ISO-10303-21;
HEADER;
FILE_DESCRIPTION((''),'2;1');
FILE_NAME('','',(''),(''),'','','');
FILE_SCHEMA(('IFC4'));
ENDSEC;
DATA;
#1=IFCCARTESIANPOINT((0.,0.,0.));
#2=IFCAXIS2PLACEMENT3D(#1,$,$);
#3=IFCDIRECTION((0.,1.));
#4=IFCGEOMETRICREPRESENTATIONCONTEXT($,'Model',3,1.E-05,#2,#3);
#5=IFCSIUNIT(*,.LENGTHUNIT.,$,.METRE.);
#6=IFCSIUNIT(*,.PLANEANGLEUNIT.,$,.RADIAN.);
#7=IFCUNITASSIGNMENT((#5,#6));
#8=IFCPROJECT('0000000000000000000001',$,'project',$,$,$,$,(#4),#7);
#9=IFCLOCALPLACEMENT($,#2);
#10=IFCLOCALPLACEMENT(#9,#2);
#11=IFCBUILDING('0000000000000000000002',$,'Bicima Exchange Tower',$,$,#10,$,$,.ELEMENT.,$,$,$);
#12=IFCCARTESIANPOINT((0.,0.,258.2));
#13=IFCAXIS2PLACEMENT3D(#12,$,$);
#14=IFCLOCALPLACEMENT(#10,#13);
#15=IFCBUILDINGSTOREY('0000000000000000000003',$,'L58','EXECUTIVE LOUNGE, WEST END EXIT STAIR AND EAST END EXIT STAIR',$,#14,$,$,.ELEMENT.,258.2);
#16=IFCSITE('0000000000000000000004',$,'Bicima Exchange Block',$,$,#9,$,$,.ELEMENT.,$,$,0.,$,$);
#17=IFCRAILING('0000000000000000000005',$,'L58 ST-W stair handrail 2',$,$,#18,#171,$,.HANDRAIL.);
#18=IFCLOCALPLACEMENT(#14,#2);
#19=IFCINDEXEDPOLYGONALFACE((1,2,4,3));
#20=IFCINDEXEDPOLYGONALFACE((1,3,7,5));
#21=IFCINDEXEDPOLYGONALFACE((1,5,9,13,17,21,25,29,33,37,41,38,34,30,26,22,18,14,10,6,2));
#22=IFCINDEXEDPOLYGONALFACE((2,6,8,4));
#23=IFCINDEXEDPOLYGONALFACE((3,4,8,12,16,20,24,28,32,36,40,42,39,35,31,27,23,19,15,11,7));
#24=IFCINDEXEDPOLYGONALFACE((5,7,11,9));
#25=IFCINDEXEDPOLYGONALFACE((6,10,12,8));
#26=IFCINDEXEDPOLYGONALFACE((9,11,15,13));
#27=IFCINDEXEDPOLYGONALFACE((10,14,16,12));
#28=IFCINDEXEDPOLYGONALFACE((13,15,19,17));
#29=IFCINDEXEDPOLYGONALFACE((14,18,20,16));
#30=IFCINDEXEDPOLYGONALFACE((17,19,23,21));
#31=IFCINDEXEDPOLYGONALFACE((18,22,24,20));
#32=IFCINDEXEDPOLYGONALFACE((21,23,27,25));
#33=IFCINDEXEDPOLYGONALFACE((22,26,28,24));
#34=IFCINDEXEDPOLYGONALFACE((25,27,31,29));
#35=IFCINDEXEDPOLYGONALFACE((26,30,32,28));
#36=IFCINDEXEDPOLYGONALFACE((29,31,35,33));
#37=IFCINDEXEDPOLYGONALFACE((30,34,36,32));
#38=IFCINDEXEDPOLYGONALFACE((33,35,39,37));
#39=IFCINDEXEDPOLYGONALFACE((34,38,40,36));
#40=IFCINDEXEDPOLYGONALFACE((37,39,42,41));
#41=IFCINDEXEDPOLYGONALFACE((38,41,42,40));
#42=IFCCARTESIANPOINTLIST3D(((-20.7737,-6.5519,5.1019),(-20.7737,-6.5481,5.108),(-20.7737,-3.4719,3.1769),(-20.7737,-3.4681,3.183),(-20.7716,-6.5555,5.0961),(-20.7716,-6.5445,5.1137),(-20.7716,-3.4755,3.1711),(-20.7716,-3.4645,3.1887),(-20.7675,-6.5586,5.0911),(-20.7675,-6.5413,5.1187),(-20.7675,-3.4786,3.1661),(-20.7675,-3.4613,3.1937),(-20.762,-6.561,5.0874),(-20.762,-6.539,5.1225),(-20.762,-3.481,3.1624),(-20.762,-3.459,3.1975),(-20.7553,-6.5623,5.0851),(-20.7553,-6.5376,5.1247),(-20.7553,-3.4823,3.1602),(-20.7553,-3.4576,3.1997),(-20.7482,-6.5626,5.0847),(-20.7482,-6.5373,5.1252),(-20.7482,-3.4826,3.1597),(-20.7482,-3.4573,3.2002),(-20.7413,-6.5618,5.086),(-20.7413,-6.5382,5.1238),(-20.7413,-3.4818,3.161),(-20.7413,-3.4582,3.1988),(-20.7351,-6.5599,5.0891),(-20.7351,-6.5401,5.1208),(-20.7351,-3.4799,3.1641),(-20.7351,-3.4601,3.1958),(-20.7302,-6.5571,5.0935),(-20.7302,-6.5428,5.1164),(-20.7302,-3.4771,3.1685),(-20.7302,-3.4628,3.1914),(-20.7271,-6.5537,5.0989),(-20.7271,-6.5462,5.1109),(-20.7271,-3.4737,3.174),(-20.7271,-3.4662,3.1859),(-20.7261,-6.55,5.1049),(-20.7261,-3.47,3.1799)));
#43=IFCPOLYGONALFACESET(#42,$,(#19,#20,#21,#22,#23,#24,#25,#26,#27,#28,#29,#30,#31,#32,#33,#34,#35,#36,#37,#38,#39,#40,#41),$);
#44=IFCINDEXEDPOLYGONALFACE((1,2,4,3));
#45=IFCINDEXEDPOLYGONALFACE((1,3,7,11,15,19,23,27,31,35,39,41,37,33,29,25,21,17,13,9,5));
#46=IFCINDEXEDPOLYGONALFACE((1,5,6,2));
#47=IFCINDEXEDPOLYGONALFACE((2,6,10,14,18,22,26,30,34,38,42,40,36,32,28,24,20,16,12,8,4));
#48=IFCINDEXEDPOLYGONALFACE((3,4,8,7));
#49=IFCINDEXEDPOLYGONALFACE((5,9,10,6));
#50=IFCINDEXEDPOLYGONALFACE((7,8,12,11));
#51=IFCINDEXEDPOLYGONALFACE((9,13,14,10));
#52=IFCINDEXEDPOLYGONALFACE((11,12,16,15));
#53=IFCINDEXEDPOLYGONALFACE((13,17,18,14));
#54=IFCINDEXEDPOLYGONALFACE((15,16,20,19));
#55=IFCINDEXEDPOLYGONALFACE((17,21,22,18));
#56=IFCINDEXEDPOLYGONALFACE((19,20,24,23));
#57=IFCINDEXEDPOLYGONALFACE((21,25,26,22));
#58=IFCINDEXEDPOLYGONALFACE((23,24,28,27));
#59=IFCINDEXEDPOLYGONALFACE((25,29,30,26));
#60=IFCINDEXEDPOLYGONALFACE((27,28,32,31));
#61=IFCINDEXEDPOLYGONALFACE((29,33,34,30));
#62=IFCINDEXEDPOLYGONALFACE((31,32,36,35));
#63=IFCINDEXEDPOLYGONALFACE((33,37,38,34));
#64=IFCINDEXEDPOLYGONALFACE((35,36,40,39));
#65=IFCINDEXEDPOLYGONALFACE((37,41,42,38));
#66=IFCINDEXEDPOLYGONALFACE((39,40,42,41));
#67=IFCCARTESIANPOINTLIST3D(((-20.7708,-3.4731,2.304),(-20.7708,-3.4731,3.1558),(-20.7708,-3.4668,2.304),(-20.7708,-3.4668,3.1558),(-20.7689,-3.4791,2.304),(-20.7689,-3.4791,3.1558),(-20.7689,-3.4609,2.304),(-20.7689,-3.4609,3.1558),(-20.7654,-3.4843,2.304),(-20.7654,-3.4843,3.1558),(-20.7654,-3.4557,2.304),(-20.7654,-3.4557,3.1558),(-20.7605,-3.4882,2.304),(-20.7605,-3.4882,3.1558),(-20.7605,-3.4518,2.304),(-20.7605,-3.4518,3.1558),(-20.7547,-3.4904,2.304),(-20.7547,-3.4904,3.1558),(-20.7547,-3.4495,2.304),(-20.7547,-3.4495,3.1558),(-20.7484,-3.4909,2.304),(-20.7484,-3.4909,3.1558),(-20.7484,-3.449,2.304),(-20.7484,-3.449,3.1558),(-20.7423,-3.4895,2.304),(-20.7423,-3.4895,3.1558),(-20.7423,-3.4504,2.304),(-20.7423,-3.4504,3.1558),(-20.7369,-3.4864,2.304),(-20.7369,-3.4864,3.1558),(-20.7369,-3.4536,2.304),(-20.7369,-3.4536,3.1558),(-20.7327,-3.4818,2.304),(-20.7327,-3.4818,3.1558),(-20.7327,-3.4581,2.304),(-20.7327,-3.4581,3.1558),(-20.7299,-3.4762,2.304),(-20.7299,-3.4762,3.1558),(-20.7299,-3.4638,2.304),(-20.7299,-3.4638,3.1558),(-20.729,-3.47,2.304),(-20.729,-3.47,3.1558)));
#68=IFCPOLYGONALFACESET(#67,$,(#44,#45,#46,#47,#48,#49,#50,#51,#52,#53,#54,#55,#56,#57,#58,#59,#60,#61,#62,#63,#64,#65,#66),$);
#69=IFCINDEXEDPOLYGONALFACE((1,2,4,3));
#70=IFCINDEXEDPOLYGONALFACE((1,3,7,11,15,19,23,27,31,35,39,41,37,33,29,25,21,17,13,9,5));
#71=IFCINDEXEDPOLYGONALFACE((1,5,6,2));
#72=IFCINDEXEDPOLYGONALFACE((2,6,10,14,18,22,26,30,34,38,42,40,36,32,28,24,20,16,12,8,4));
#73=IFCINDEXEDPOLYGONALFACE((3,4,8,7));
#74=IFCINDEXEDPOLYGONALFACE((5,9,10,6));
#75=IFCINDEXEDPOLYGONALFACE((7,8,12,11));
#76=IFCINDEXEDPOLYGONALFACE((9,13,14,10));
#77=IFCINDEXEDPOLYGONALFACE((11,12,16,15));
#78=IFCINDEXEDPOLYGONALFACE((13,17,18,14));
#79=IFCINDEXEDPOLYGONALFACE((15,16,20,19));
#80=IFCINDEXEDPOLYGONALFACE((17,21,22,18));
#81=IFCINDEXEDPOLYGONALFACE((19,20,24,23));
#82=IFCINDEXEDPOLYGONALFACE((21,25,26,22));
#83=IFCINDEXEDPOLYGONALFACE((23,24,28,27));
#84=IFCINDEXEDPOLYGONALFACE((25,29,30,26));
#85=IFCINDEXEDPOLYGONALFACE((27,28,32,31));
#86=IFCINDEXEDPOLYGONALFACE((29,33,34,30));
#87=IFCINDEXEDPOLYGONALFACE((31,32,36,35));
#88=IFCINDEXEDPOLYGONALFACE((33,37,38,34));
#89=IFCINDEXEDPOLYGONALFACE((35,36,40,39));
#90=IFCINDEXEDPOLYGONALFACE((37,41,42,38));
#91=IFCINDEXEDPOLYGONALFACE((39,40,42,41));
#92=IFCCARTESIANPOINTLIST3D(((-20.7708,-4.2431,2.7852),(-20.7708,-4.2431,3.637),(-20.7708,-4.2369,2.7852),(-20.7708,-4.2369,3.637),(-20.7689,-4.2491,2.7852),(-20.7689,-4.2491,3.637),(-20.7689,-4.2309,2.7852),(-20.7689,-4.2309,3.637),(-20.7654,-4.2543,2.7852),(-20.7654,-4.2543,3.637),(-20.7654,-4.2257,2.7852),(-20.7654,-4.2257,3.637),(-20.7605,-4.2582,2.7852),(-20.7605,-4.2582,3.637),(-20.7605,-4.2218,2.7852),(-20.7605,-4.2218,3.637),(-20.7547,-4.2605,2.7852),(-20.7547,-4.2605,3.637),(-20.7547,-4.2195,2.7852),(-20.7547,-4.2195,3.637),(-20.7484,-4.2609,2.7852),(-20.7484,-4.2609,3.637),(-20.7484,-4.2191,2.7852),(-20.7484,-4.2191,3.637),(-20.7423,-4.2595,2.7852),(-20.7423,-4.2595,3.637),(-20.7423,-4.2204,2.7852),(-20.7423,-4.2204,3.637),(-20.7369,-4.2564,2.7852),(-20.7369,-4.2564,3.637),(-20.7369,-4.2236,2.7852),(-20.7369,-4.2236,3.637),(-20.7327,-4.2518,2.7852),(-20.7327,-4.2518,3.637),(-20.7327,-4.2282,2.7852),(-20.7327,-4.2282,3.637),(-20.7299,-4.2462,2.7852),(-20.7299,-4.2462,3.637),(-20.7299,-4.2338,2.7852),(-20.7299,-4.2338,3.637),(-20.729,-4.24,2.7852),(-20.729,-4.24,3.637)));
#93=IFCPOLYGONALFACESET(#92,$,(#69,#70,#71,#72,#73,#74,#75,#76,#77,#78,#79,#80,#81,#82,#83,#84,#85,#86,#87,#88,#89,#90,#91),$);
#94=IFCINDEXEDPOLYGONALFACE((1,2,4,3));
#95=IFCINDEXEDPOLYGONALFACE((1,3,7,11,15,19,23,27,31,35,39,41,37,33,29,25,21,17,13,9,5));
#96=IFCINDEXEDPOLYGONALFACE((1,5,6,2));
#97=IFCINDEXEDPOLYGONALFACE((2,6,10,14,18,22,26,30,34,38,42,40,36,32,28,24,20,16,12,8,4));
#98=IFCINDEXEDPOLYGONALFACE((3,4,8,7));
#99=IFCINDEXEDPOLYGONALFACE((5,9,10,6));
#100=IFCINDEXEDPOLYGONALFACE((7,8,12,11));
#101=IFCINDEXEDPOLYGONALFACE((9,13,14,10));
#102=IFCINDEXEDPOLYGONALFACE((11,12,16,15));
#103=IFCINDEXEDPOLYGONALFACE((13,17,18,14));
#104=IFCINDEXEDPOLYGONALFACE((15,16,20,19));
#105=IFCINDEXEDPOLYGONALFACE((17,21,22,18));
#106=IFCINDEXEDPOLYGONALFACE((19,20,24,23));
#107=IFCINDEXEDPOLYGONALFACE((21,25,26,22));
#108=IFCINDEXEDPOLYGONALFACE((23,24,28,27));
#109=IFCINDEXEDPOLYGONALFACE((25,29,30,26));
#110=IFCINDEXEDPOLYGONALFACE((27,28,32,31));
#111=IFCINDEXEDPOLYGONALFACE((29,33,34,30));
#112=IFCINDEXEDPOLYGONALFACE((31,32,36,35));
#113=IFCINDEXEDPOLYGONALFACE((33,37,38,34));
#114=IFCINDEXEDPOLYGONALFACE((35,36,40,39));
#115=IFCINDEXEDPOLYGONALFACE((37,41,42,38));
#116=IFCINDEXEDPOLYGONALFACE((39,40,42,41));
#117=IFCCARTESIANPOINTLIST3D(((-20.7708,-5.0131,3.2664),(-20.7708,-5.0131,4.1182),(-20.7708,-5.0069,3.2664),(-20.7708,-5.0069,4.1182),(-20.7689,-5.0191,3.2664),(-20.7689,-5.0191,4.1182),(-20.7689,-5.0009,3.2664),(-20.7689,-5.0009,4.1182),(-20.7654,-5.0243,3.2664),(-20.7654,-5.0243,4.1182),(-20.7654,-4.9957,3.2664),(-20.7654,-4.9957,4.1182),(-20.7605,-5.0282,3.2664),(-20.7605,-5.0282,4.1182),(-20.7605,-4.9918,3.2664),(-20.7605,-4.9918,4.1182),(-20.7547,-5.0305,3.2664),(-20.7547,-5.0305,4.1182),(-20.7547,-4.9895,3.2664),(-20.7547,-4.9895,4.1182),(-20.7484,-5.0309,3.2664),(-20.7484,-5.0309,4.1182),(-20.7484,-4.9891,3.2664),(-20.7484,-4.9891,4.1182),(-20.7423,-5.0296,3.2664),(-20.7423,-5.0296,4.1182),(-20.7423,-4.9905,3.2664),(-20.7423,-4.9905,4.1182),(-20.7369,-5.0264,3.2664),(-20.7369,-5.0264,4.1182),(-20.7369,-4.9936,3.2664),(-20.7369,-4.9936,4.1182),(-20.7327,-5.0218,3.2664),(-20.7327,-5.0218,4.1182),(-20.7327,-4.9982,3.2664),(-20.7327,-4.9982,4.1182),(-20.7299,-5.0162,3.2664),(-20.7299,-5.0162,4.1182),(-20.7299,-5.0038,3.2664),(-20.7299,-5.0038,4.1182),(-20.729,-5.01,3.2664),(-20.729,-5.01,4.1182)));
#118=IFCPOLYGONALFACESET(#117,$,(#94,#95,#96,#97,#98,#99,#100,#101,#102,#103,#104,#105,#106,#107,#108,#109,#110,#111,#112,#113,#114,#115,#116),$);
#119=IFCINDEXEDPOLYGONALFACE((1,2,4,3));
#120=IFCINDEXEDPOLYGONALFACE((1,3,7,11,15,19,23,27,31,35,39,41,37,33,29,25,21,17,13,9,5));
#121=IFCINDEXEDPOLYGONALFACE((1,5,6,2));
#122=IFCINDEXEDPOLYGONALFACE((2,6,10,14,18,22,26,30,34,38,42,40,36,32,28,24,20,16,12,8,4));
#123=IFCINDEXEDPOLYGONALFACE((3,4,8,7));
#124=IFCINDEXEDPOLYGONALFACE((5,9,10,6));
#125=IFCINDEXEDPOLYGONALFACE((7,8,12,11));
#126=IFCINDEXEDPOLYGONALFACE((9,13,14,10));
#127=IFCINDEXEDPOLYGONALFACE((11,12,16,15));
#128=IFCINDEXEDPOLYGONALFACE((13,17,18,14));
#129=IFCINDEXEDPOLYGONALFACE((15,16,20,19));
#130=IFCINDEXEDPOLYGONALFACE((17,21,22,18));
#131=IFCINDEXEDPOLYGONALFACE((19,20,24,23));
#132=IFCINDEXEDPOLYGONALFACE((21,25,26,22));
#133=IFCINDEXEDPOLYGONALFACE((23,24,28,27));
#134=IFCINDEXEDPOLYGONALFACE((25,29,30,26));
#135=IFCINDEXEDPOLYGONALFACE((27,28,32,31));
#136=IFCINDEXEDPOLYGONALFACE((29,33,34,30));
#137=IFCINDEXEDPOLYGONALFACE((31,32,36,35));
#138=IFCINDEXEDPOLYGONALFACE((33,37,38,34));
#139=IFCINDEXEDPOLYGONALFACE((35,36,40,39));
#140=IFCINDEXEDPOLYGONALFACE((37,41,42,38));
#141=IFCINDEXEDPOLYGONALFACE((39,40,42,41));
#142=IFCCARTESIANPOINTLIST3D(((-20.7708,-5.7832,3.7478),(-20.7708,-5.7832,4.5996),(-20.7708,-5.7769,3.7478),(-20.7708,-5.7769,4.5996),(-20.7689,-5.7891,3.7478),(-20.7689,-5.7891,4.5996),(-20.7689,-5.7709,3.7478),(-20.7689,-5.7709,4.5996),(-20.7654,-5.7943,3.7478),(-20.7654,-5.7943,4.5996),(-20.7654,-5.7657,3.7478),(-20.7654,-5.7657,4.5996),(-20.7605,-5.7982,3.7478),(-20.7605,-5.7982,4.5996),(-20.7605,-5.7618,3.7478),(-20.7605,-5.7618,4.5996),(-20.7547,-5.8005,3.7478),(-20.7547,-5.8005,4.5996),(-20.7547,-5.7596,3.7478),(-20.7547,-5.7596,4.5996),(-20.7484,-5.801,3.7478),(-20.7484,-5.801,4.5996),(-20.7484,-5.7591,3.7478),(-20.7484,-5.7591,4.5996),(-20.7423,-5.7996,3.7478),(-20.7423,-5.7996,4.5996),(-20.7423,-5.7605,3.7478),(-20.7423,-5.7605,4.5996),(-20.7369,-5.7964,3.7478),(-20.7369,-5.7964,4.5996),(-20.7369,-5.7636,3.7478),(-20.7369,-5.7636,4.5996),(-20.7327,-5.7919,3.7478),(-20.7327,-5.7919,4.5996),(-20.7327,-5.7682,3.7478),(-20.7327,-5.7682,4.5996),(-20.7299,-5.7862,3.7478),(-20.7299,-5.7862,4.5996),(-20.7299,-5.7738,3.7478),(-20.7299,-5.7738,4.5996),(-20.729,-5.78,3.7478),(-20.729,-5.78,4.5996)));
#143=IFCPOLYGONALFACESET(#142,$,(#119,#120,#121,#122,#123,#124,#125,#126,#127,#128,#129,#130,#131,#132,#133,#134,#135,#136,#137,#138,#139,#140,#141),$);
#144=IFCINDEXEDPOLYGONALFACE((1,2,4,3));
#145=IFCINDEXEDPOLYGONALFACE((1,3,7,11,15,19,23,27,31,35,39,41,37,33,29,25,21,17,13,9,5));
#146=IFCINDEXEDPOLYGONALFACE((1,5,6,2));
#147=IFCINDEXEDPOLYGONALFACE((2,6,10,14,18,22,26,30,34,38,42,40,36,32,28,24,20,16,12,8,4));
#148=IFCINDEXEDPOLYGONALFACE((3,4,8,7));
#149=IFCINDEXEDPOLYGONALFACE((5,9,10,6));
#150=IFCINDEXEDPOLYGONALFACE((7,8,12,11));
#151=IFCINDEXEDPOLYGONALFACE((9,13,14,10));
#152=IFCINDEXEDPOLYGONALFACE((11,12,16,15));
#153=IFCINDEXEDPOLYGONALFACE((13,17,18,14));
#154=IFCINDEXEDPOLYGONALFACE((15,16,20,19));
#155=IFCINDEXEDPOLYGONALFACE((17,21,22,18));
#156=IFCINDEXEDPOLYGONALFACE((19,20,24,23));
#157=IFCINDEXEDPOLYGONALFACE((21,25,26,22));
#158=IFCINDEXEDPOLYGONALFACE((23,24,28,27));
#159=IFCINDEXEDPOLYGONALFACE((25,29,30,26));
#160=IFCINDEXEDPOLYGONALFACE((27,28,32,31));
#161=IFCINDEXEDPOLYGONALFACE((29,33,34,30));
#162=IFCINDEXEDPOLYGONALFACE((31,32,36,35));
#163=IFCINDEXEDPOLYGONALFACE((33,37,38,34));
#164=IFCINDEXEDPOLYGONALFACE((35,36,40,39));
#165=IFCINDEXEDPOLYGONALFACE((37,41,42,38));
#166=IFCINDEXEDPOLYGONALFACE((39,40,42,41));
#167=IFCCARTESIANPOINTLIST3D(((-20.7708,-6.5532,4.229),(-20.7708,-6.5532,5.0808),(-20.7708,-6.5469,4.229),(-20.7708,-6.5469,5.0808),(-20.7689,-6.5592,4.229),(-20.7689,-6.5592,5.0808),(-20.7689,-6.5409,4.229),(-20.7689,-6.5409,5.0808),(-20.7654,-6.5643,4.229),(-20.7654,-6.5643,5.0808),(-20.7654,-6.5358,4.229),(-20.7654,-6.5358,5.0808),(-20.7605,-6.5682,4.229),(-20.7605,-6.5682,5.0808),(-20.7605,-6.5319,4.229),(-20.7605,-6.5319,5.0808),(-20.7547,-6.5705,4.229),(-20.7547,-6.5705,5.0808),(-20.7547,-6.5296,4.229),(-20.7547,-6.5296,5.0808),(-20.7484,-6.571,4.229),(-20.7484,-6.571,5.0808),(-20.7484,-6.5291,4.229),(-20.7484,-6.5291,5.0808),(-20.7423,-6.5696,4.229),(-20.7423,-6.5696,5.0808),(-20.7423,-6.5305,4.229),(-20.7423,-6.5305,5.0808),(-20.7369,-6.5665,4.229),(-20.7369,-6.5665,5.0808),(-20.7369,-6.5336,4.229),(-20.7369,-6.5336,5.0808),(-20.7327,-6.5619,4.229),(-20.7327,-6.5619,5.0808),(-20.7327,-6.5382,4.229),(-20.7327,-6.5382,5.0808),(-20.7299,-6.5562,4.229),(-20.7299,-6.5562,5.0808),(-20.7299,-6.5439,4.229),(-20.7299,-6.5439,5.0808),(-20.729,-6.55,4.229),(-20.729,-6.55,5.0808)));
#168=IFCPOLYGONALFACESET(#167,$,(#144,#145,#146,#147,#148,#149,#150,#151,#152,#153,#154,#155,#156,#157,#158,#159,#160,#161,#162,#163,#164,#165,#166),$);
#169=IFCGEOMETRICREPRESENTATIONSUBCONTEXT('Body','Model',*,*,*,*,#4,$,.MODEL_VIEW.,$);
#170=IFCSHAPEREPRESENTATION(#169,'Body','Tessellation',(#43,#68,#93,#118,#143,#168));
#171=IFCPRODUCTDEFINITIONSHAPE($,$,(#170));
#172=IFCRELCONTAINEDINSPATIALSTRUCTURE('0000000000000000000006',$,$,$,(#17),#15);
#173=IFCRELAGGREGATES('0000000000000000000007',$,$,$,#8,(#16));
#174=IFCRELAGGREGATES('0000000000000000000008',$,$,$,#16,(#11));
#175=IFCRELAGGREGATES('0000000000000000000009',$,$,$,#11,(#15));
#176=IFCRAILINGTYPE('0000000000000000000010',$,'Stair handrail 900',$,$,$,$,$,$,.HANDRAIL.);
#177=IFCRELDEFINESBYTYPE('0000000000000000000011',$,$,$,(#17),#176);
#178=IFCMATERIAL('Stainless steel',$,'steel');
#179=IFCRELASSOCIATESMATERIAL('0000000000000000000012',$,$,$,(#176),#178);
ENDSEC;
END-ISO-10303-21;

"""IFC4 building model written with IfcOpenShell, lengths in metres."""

from ifc_helpers import new_model, si_unit, direction, frame, origin, origin_2d, place, context, subcontext, project, spatial, circle, extrude, material, type_object, element, save


model = new_model("IFC4")

# Units and contexts
model_context = context("Model", 3, precision=1e-05, world=origin(), true_north=direction((0.0, 1.0)))
body_context = subcontext(model_context, "Body", "Model", "MODEL_VIEW")
ifc_project = project(units=[si_unit("LENGTHUNIT", "METRE"), si_unit("PLANEANGLEUNIT", "RADIAN")], contexts=[model_context])

# Site, building, storey
site_placement = place(None, origin())
site = spatial("IfcSite", under=ifc_project, at=site_placement, Name="Bicima Exchange Block", CompositionType="ELEMENT", RefElevation=0.0)
building_placement = place(site_placement, origin())
building = spatial("IfcBuilding", under=site, at=building_placement, Name="Bicima Exchange Tower", CompositionType="ELEMENT")
storey_placement = place(building_placement, frame((0.0, 0.0, 258.2)))
storey = spatial("IfcBuildingStorey", under=building, at=storey_placement, Name="L58", Description="EXECUTIVE LOUNGE, WEST END EXIT STAIR AND EAST END EXIT STAIR", CompositionType="ELEMENT", Elevation=258.2)

# Railing
ifc_material_1 = material(Name="Stainless steel", Category="steel")
railing_type = type_object("IfcRailingType", Name="Stair handrail 900", PredefinedType="HANDRAIL", material=ifc_material_1)
railing_placement = place(storey_placement, frame((-20.75, -3.47, 2.304)))
element("IfcRailing", 1, at=railing_placement, inside=storey, type_object=railing_type, Name="L58 ST-W stair handrail 2", PredefinedType="HANDRAIL", context=body_context, shape_type="SweptSolid", body=[
    extrude(circle(Radius=0.0239, at=origin_2d()), frame((0.0, 0.0, 0.876), z_axis=(0.0, -0.847998, 0.529999), x_axis=(1.0, 0.0, 0.0)), (0.0, 0.0, 1.0), 3.6321),
    extrude(circle(Radius=0.021, at=origin_2d()), origin(), (0.0, 0.0, 1.0), 0.8518),
    extrude(circle(Radius=0.021, at=origin_2d()), frame((0.0, -0.77, 0.4812)), (0.0, 0.0, 1.0), 0.8518),
    extrude(circle(Radius=0.021, at=origin_2d()), frame((0.0, -1.54, 0.9624)), (0.0, 0.0, 1.0), 0.8518),
    extrude(circle(Radius=0.021, at=origin_2d()), frame((0.0, -2.3101, 1.4438)), (0.0, 0.0, 1.0), 0.8518),
    extrude(circle(Radius=0.021, at=origin_2d()), frame((0.0, -3.0801, 1.925)), (0.0, 0.0, 1.0), 0.8518),
])

save(model, "model.ifc")
